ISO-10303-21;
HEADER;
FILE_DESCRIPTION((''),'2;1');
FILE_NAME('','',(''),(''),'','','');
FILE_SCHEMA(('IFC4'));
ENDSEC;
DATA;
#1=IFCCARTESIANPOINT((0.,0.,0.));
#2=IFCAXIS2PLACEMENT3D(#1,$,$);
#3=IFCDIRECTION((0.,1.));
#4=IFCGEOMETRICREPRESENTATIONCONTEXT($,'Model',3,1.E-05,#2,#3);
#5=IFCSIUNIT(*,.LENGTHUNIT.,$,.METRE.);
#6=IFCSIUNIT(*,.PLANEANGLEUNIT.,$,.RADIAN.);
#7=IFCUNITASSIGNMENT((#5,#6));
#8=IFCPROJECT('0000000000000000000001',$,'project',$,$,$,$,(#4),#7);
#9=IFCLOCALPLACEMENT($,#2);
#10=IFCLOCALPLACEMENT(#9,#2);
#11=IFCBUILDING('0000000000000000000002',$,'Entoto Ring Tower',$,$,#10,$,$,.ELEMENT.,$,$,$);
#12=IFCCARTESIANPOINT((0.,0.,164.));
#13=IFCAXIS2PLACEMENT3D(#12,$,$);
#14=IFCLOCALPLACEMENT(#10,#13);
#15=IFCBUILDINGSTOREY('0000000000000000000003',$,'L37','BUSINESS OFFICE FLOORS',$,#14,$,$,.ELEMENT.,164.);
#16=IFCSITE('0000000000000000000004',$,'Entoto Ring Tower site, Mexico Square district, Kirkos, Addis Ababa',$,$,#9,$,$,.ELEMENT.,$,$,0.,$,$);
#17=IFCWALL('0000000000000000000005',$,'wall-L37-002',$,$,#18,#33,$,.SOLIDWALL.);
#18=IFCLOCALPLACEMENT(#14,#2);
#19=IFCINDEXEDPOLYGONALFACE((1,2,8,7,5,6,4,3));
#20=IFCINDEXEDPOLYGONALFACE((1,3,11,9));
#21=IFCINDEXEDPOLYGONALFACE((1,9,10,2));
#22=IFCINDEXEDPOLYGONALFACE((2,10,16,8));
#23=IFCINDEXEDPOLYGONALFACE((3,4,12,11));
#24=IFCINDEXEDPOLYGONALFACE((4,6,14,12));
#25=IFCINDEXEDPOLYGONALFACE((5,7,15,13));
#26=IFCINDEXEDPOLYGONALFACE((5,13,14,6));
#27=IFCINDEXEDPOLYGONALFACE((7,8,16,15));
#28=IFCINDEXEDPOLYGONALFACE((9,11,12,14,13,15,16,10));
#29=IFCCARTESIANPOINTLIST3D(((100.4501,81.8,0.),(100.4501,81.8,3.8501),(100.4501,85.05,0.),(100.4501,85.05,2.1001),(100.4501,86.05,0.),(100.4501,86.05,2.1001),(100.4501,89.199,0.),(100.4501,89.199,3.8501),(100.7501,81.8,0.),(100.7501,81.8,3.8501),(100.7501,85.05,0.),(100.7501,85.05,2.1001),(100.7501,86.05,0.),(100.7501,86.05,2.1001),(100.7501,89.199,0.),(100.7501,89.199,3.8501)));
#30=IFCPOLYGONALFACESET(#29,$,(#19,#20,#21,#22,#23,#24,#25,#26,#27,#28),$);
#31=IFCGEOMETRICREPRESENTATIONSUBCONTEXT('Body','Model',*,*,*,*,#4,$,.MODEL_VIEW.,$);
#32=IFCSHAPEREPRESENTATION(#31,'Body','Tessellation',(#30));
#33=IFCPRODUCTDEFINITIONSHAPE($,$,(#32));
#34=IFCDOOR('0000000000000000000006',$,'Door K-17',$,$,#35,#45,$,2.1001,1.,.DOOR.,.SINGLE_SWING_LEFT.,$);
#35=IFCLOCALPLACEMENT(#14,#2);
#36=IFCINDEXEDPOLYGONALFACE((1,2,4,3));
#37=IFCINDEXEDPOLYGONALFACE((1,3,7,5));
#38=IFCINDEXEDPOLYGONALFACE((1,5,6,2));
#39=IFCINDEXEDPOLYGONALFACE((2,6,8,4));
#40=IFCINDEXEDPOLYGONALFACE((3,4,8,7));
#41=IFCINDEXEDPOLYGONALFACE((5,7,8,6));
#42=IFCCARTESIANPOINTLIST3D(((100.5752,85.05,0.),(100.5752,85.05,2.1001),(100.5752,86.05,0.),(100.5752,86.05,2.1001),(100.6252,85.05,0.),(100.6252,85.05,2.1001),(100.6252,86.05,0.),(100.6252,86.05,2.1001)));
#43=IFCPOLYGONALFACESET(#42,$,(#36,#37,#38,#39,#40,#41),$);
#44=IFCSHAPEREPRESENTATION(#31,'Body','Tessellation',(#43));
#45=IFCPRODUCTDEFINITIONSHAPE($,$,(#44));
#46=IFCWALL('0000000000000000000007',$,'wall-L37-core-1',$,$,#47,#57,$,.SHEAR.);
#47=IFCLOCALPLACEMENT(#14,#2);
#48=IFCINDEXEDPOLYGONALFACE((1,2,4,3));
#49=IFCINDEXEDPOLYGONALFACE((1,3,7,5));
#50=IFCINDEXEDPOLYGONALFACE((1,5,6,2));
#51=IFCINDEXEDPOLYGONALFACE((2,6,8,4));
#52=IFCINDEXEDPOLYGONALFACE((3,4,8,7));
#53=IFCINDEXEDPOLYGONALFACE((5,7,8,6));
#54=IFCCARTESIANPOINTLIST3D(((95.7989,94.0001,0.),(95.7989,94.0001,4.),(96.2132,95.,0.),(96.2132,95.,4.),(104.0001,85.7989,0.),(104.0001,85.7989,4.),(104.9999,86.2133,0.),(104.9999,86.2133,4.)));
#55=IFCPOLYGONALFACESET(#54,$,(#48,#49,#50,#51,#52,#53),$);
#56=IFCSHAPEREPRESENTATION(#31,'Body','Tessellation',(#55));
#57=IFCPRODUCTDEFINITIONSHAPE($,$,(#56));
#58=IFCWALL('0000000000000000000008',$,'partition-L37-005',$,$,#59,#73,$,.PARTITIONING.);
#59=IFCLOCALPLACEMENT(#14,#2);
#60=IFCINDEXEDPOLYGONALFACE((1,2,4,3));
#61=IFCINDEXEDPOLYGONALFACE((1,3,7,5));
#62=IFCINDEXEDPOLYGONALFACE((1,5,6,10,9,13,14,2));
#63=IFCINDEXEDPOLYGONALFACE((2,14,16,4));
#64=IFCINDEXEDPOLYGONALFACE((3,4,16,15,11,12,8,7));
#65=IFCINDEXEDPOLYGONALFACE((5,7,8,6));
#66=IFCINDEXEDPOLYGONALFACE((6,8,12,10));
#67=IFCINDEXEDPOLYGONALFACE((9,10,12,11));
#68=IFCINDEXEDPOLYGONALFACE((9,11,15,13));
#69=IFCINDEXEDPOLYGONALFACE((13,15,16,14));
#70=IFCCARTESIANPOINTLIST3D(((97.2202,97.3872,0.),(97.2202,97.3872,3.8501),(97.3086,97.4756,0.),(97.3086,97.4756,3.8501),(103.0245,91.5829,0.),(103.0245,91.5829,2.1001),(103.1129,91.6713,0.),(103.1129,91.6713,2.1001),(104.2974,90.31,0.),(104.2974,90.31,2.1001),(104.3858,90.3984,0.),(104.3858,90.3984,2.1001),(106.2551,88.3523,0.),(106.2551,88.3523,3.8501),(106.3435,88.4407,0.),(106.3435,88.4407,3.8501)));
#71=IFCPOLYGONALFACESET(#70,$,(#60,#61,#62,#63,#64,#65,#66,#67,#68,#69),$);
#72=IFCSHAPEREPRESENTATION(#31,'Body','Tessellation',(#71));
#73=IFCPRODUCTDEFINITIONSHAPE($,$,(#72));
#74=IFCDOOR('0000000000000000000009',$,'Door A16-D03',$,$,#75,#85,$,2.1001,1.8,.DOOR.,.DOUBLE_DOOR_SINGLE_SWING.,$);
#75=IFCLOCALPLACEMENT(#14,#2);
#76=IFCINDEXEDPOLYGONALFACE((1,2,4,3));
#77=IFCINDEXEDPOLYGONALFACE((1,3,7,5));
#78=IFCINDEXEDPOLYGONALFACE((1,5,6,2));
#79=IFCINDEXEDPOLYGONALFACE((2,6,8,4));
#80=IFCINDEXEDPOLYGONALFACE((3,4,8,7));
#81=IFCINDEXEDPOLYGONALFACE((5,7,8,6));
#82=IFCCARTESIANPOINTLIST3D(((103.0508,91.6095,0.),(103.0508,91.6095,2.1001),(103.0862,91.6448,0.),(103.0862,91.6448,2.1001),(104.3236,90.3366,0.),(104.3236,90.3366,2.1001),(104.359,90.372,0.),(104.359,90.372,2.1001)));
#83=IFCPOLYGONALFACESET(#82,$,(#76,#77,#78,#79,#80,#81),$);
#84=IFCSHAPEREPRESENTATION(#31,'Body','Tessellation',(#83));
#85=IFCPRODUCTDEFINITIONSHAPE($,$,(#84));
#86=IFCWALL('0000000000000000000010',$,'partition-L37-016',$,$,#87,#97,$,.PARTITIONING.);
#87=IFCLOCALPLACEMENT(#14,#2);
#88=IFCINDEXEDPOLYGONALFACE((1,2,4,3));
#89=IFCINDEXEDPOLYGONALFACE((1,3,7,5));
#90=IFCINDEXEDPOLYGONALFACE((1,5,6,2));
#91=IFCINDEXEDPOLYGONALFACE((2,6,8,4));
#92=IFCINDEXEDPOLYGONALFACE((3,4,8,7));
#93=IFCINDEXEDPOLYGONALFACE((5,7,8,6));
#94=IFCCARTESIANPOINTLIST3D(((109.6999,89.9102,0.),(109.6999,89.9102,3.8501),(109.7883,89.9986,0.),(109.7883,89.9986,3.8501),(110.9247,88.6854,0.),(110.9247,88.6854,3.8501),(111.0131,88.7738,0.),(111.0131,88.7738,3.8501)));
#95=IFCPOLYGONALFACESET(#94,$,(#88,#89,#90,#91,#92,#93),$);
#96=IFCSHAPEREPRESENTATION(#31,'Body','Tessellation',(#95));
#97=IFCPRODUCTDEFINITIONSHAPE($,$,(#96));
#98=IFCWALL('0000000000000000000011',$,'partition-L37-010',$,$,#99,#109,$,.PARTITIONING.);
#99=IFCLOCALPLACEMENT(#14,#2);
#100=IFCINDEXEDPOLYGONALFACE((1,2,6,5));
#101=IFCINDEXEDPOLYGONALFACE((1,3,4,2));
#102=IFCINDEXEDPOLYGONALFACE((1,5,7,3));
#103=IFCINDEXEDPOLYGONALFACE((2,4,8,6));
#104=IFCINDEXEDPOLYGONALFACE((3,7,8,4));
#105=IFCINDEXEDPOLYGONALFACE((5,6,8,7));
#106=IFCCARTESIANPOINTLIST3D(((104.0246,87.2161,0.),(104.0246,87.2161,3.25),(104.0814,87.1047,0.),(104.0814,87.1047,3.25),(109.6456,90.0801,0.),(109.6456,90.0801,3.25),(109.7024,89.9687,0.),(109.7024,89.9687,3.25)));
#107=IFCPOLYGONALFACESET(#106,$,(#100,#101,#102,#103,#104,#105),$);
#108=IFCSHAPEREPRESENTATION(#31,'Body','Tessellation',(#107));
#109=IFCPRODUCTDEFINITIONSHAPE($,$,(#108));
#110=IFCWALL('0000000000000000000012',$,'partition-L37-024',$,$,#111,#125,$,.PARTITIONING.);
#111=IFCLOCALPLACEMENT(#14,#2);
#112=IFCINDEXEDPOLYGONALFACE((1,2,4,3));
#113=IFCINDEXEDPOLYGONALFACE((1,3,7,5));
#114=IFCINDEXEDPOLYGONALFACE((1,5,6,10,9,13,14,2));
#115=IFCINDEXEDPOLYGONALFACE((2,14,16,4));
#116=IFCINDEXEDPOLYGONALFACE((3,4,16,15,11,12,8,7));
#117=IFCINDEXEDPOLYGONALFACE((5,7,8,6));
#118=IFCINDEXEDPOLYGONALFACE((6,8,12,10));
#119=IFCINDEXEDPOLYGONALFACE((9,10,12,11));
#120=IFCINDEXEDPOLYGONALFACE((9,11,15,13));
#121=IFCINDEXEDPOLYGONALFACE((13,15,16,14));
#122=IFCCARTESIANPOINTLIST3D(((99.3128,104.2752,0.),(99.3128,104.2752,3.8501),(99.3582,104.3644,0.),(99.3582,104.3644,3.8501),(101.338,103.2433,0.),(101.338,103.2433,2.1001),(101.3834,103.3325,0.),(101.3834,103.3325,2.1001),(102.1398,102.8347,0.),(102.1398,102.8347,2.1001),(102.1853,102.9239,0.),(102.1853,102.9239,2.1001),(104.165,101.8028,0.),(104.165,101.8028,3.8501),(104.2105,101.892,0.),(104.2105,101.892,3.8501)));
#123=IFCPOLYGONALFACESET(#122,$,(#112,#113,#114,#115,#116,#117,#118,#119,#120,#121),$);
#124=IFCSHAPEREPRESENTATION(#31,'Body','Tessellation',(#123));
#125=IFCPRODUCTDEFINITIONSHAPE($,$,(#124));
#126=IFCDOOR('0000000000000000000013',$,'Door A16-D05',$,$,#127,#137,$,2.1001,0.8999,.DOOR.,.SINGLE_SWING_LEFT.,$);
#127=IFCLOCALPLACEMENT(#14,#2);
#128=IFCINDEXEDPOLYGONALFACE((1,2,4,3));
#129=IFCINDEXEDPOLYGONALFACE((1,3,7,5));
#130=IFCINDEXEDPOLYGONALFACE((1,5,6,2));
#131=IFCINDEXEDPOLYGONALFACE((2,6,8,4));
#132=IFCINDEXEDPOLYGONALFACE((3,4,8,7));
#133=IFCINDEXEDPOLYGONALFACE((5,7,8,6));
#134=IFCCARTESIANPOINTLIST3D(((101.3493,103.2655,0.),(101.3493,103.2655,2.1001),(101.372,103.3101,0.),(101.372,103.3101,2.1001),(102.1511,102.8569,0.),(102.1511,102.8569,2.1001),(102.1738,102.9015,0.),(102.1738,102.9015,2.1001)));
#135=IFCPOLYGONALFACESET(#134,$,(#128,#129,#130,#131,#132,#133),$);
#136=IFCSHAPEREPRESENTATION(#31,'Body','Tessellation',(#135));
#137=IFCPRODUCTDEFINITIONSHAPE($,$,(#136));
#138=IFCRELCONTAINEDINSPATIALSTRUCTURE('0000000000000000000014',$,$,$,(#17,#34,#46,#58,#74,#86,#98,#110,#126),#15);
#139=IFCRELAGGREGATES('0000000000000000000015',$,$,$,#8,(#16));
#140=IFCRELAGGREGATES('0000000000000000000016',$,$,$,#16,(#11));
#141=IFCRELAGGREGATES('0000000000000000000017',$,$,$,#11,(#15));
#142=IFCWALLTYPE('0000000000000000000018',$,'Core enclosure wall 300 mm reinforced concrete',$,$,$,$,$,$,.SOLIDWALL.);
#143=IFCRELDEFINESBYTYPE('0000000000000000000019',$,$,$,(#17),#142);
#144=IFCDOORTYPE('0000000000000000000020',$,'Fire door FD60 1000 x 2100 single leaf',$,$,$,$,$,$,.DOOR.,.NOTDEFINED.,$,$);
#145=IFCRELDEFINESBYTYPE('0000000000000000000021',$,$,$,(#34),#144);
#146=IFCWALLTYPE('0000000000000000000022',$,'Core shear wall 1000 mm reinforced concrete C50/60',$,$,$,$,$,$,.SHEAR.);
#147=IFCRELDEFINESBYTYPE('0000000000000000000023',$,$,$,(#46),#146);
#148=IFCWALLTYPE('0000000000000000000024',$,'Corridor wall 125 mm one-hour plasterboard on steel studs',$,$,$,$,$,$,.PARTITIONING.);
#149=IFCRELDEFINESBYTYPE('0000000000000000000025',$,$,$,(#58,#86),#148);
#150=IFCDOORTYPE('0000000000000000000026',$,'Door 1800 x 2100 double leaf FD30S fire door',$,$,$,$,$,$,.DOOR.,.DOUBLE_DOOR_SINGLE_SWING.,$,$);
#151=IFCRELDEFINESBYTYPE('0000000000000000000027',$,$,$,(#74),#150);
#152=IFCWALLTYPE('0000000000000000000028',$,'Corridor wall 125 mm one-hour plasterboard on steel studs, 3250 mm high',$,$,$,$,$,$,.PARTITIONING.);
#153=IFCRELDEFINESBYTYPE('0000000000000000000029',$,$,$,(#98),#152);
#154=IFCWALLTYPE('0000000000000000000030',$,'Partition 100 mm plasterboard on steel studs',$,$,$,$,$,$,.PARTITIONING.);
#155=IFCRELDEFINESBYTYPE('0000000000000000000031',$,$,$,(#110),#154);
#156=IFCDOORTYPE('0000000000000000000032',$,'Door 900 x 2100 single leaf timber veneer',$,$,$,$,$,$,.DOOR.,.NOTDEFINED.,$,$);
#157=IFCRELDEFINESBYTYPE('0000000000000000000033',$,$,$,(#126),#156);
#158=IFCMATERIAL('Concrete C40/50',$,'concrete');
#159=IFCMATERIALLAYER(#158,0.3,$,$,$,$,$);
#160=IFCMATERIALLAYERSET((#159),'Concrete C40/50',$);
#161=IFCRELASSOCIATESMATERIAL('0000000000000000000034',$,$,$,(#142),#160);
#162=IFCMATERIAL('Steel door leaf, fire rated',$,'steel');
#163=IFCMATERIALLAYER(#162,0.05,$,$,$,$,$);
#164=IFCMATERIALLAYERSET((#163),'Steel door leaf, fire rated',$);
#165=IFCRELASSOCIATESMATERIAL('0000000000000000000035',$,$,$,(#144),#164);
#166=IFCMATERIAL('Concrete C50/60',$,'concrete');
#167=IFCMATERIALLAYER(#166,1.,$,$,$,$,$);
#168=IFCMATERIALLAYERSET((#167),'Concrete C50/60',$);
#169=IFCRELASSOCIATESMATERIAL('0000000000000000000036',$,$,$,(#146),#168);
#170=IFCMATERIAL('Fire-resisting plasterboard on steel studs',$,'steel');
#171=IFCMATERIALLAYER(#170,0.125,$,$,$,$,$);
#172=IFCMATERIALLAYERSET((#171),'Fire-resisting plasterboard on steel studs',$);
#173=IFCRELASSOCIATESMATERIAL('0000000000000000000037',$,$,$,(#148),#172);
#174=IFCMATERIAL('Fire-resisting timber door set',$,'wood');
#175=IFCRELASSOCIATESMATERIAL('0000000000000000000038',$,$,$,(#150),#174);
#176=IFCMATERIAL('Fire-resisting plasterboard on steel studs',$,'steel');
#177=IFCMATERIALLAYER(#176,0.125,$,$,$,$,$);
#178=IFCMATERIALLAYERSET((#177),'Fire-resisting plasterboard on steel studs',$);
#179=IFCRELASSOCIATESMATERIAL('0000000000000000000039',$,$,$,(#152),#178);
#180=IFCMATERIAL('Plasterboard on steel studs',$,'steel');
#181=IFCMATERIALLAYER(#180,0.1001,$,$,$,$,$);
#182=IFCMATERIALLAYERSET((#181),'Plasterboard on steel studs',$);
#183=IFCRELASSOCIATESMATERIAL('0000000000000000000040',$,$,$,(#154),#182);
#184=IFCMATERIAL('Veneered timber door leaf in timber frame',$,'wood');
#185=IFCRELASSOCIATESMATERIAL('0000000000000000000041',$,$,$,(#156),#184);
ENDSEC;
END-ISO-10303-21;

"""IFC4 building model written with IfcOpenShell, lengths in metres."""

from ifc_helpers import new_model, si_unit, direction, frame, frame_2d, origin, place, context, subcontext, project, spatial, polyline, rectangle, outline, extrude, material, layer, layer_set, type_object, element, fill, save


model = new_model("IFC4")

# Units and contexts
model_context = context("Model", 3, precision=1e-05, world=origin(), true_north=direction((0.0, 1.0)))
body_context = subcontext(model_context, "Body", "Model", "MODEL_VIEW")
ifc_project = project(units=[si_unit("LENGTHUNIT", "METRE"), si_unit("PLANEANGLEUNIT", "RADIAN")], contexts=[model_context])

# Site, building, storey
site_placement = place(None, origin())
site = spatial("IfcSite", under=ifc_project, at=site_placement, Name="Entoto Ring Tower site, Mexico Square district, Kirkos, Addis Ababa", CompositionType="ELEMENT", RefElevation=0.0)
building_placement = place(site_placement, origin())
building = spatial("IfcBuilding", under=site, at=building_placement, Name="Entoto Ring Tower", CompositionType="ELEMENT")
storey_placement = place(building_placement, frame((0.0, 0.0, 164.0)))
storey = spatial("IfcBuildingStorey", under=building, at=storey_placement, Name="L37", Description="BUSINESS OFFICE FLOORS", CompositionType="ELEMENT", Elevation=164.0)

# Wall, opening, door
ifc_material_1 = material(Name="Concrete C40/50", Category="concrete")
ifc_layer_1 = layer(ifc_material_1, 0.3)
ifc_layer_set_1 = layer_set([ifc_layer_1], Name="Concrete C40/50")
wall_type_1 = type_object("IfcWallType", Name="Core enclosure wall 300 mm reinforced concrete", PredefinedType="SOLIDWALL", material=ifc_layer_set_1)
wall_1_placement = place(storey_placement, frame((100.6001, 81.8, 0.0), z_axis=(0.0, 0.0, 1.0), x_axis=(0.0, 1.0, 0.0)))
wall_1 = element("IfcWall", 1, at=wall_1_placement, inside=storey, type_object=wall_type_1, Name="wall-L37-002", PredefinedType="SOLIDWALL", context=body_context, shape_type="SweptSolid", body=[
    extrude(rectangle(XDim=7.3989, YDim=0.3, at=frame_2d((3.6995, 0.0))), origin(), (0.0, 0.0, 1.0), 3.8501),
])
opening_1_placement = place(wall_1_placement, frame((3.25, 0.0, 0.0)))
opening_1 = element("IfcOpeningElement", 2, at=opening_1_placement, cuts=wall_1, PredefinedType="OPENING", context=body_context, shape_type="SweptSolid", body=[
    extrude(rectangle(XDim=1.0, YDim=2.1001, at=frame_2d((0.5, 1.05))), frame((0.0, 0.1602, 0.0), z_axis=(0.0, -1.0, 0.0), x_axis=(1.0, 0.0, 0.0)), (0.0, 0.0, 1.0), 0.3201),
])
ifc_material_2 = material(Name="Steel door leaf, fire rated", Category="steel")
ifc_layer_2 = layer(ifc_material_2, 0.05)
ifc_layer_set_2 = layer_set([ifc_layer_2], Name="Steel door leaf, fire rated")
door_type_1 = type_object("IfcDoorType", Name="Fire door FD60 1000 x 2100 single leaf", OperationType="NOTDEFINED", PredefinedType="DOOR", material=ifc_layer_set_2)
door_1_placement = place(opening_1_placement, origin())
door_1 = element("IfcDoor", 3, at=door_1_placement, inside=storey, type_object=door_type_1, Name="Door K-17", OperationType="SINGLE_SWING_LEFT", OverallHeight=2.1001, OverallWidth=1.0, PredefinedType="DOOR", context=body_context, shape_type="SweptSolid", body=[
    extrude(rectangle(XDim=1.0, YDim=2.1001, at=frame_2d((0.5, 1.05))), frame((0.0, 0.0249, 0.0), z_axis=(0.0, -1.0, 0.0), x_axis=(1.0, 0.0, 0.0)), (0.0, 0.0, 1.0), 0.05),
])
fill(opening_1, door_1)

# Wall
ifc_material_3 = material(Name="Concrete C50/60", Category="concrete")
ifc_layer_3 = layer(ifc_material_3, 1.0)
ifc_layer_set_3 = layer_set([ifc_layer_3], Name="Concrete C50/60")
wall_type_2 = type_object("IfcWallType", Name="Core shear wall 1000 mm reinforced concrete C50/60", PredefinedType="SHEAR", material=ifc_layer_set_3)
wall_2_placement = place(storey_placement, frame((104.5, 86.0061, 0.0), z_axis=(0.0, 0.0, 1.0), x_axis=(-0.707107, 0.707107, 0.0)))
element("IfcWall", 4, at=wall_2_placement, inside=storey, type_object=wall_type_2, Name="wall-L37-core-1", PredefinedType="SHEAR", context=body_context, shape_type="SweptSolid", body=[
    extrude(outline(polyline([(-0.207, -0.5), (12.2192, -0.5), (11.8052, 0.5), (0.207, 0.5), (-0.207, -0.5)])), origin(), (0.0, 0.0, 1.0), 4.0),
])

# Wall, opening, door
ifc_material_4 = material(Name="Fire-resisting plasterboard on steel studs", Category="steel")
ifc_layer_4 = layer(ifc_material_4, 0.125)
ifc_layer_set_4 = layer_set([ifc_layer_4], Name="Fire-resisting plasterboard on steel studs")
wall_type_3 = type_object("IfcWallType", Name="Corridor wall 125 mm one-hour plasterboard on steel studs", PredefinedType="PARTITIONING", material=ifc_layer_set_4)
wall_3_placement = place(storey_placement, frame((106.2993, 88.3965, 0.0), z_axis=(0.0, 0.0, 1.0), x_axis=(-0.707107, 0.707107, 0.0)))
wall_3 = element("IfcWall", 5, at=wall_3_placement, inside=storey, type_object=wall_type_3, Name="partition-L37-005", PredefinedType="PARTITIONING", context=body_context, shape_type="SweptSolid", body=[
    extrude(rectangle(XDim=12.7773, YDim=0.125, at=frame_2d((6.3887, 0.0))), origin(), (0.0, 0.0, 1.0), 3.8501),
])
opening_2_placement = place(wall_3_placement, frame((2.7688, 0.0, 0.0)))
opening_2 = element("IfcOpeningElement", 6, at=opening_2_placement, cuts=wall_3, PredefinedType="OPENING", context=body_context, shape_type="SweptSolid", body=[
    extrude(rectangle(XDim=1.8, YDim=2.1001, at=frame_2d((0.8999, 1.05))), frame((0.0, 0.0725, 0.0), z_axis=(0.0, -1.0, 0.0), x_axis=(1.0, 0.0, 0.0)), (0.0, 0.0, 1.0), 0.145),
])
ifc_material_5 = material(Name="Fire-resisting timber door set", Category="wood")
door_type_2 = type_object("IfcDoorType", Name="Door 1800 x 2100 double leaf FD30S fire door", OperationType="DOUBLE_DOOR_SINGLE_SWING", PredefinedType="DOOR", material=ifc_material_5)
door_2_placement = place(opening_2_placement, frame((1.8, 0.0, 0.0), z_axis=(0.0, 0.0, 1.0), x_axis=(-1.0, 0.0, 0.0)))
door_2 = element("IfcDoor", 7, at=door_2_placement, inside=storey, type_object=door_type_2, Name="Door A16-D03", OperationType="DOUBLE_DOOR_SINGLE_SWING", OverallHeight=2.1001, OverallWidth=1.8, PredefinedType="DOOR", context=body_context, shape_type="SweptSolid", body=[
    extrude(rectangle(XDim=1.8, YDim=2.1001, at=frame_2d((0.8999, 1.05))), frame((0.0, 0.0249, 0.0), z_axis=(0.0, -1.0, 0.0), x_axis=(1.0, 0.0, 0.0)), (0.0, 0.0, 1.0), 0.05),
])
fill(opening_2, door_2)

# Walls
wall_4_placement = place(storey_placement, frame((110.969, 88.7295, 0.0), z_axis=(0.0, 0.0, 1.0), x_axis=(-0.707107, 0.707107, 0.0)))
element("IfcWall", 8, at=wall_4_placement, inside=storey, type_object=wall_type_3, Name="partition-L37-016", PredefinedType="PARTITIONING", context=body_context, shape_type="SweptSolid", body=[
    extrude(rectangle(XDim=1.7322, YDim=0.125, at=frame_2d((0.8662, 0.0))), origin(), (0.0, 0.0, 1.0), 3.8501),
])
ifc_material_6 = material(Name="Fire-resisting plasterboard on steel studs", Category="steel")
ifc_layer_5 = layer(ifc_material_6, 0.125)
ifc_layer_set_5 = layer_set([ifc_layer_5], Name="Fire-resisting plasterboard on steel studs")
wall_type_4 = type_object("IfcWallType", Name="Corridor wall 125 mm one-hour plasterboard on steel studs, 3250 mm high", PredefinedType="PARTITIONING", material=ifc_layer_set_5)
wall_5_placement = place(storey_placement, frame((104.053, 87.1604, 0.0), z_axis=(0.0, 0.0, 1.0), x_axis=(0.891011, 0.453981, 0.0)))
element("IfcWall", 9, at=wall_5_placement, inside=storey, type_object=wall_type_4, Name="partition-L37-010", PredefinedType="PARTITIONING", context=body_context, shape_type="SweptSolid", body=[
    extrude(rectangle(XDim=6.3086, YDim=0.125, at=frame_2d((3.1543, 0.0))), origin(), (0.0, 0.0, 1.0), 3.25),
])

# Wall, opening, door
ifc_material_7 = material(Name="Plasterboard on steel studs", Category="steel")
ifc_layer_6 = layer(ifc_material_7, 0.1001)
ifc_layer_set_6 = layer_set([ifc_layer_6], Name="Plasterboard on steel studs")
wall_type_5 = type_object("IfcWallType", Name="Partition 100 mm plasterboard on steel studs", PredefinedType="PARTITIONING", material=ifc_layer_set_6)
wall_6_placement = place(storey_placement, frame((104.1877, 101.8474, 0.0), z_axis=(0.0, 0.0, 1.0), x_axis=(-0.891003, 0.453997, 0.0)))
wall_6 = element("IfcWall", 10, at=wall_6_placement, inside=storey, type_object=wall_type_5, Name="partition-L37-024", PredefinedType="PARTITIONING", context=body_context, shape_type="SweptSolid", body=[
    extrude(rectangle(XDim=5.4458, YDim=0.1001, at=frame_2d((2.7229, 0.0))), origin(), (0.0, 0.0, 1.0), 3.8501),
])
opening_3_placement = place(wall_6_placement, frame((2.2729, 0.0, 0.0)))
opening_3 = element("IfcOpeningElement", 11, at=opening_3_placement, cuts=wall_6, PredefinedType="OPENING", context=body_context, shape_type="SweptSolid", body=[
    extrude(rectangle(XDim=0.8999, YDim=2.1001, at=frame_2d((0.45, 1.05))), frame((0.0, 0.0601, 0.0), z_axis=(0.0, -1.0, 0.0), x_axis=(1.0, 0.0, 0.0)), (0.0, 0.0, 1.0), 0.1201),
])
ifc_material_8 = material(Name="Veneered timber door leaf in timber frame", Category="wood")
door_type_3 = type_object("IfcDoorType", Name="Door 900 x 2100 single leaf timber veneer", OperationType="NOTDEFINED", PredefinedType="DOOR", material=ifc_material_8)
door_3_placement = place(opening_3_placement, frame((0.8999, 0.0, 0.0), z_axis=(0.0, 0.0, 1.0), x_axis=(-1.0, 0.0, 0.0)))
door_3 = element("IfcDoor", 12, at=door_3_placement, inside=storey, type_object=door_type_3, Name="Door A16-D05", OperationType="SINGLE_SWING_LEFT", OverallHeight=2.1001, OverallWidth=0.8999, PredefinedType="DOOR", context=body_context, shape_type="SweptSolid", body=[
    extrude(rectangle(XDim=0.8999, YDim=2.1001, at=frame_2d((0.45, 1.05))), frame((0.0, 0.0249, 0.0), z_axis=(0.0, -1.0, 0.0), x_axis=(1.0, 0.0, 0.0)), (0.0, 0.0, 1.0), 0.05),
])
fill(opening_3, door_3)

save(model, "model.ifc")
